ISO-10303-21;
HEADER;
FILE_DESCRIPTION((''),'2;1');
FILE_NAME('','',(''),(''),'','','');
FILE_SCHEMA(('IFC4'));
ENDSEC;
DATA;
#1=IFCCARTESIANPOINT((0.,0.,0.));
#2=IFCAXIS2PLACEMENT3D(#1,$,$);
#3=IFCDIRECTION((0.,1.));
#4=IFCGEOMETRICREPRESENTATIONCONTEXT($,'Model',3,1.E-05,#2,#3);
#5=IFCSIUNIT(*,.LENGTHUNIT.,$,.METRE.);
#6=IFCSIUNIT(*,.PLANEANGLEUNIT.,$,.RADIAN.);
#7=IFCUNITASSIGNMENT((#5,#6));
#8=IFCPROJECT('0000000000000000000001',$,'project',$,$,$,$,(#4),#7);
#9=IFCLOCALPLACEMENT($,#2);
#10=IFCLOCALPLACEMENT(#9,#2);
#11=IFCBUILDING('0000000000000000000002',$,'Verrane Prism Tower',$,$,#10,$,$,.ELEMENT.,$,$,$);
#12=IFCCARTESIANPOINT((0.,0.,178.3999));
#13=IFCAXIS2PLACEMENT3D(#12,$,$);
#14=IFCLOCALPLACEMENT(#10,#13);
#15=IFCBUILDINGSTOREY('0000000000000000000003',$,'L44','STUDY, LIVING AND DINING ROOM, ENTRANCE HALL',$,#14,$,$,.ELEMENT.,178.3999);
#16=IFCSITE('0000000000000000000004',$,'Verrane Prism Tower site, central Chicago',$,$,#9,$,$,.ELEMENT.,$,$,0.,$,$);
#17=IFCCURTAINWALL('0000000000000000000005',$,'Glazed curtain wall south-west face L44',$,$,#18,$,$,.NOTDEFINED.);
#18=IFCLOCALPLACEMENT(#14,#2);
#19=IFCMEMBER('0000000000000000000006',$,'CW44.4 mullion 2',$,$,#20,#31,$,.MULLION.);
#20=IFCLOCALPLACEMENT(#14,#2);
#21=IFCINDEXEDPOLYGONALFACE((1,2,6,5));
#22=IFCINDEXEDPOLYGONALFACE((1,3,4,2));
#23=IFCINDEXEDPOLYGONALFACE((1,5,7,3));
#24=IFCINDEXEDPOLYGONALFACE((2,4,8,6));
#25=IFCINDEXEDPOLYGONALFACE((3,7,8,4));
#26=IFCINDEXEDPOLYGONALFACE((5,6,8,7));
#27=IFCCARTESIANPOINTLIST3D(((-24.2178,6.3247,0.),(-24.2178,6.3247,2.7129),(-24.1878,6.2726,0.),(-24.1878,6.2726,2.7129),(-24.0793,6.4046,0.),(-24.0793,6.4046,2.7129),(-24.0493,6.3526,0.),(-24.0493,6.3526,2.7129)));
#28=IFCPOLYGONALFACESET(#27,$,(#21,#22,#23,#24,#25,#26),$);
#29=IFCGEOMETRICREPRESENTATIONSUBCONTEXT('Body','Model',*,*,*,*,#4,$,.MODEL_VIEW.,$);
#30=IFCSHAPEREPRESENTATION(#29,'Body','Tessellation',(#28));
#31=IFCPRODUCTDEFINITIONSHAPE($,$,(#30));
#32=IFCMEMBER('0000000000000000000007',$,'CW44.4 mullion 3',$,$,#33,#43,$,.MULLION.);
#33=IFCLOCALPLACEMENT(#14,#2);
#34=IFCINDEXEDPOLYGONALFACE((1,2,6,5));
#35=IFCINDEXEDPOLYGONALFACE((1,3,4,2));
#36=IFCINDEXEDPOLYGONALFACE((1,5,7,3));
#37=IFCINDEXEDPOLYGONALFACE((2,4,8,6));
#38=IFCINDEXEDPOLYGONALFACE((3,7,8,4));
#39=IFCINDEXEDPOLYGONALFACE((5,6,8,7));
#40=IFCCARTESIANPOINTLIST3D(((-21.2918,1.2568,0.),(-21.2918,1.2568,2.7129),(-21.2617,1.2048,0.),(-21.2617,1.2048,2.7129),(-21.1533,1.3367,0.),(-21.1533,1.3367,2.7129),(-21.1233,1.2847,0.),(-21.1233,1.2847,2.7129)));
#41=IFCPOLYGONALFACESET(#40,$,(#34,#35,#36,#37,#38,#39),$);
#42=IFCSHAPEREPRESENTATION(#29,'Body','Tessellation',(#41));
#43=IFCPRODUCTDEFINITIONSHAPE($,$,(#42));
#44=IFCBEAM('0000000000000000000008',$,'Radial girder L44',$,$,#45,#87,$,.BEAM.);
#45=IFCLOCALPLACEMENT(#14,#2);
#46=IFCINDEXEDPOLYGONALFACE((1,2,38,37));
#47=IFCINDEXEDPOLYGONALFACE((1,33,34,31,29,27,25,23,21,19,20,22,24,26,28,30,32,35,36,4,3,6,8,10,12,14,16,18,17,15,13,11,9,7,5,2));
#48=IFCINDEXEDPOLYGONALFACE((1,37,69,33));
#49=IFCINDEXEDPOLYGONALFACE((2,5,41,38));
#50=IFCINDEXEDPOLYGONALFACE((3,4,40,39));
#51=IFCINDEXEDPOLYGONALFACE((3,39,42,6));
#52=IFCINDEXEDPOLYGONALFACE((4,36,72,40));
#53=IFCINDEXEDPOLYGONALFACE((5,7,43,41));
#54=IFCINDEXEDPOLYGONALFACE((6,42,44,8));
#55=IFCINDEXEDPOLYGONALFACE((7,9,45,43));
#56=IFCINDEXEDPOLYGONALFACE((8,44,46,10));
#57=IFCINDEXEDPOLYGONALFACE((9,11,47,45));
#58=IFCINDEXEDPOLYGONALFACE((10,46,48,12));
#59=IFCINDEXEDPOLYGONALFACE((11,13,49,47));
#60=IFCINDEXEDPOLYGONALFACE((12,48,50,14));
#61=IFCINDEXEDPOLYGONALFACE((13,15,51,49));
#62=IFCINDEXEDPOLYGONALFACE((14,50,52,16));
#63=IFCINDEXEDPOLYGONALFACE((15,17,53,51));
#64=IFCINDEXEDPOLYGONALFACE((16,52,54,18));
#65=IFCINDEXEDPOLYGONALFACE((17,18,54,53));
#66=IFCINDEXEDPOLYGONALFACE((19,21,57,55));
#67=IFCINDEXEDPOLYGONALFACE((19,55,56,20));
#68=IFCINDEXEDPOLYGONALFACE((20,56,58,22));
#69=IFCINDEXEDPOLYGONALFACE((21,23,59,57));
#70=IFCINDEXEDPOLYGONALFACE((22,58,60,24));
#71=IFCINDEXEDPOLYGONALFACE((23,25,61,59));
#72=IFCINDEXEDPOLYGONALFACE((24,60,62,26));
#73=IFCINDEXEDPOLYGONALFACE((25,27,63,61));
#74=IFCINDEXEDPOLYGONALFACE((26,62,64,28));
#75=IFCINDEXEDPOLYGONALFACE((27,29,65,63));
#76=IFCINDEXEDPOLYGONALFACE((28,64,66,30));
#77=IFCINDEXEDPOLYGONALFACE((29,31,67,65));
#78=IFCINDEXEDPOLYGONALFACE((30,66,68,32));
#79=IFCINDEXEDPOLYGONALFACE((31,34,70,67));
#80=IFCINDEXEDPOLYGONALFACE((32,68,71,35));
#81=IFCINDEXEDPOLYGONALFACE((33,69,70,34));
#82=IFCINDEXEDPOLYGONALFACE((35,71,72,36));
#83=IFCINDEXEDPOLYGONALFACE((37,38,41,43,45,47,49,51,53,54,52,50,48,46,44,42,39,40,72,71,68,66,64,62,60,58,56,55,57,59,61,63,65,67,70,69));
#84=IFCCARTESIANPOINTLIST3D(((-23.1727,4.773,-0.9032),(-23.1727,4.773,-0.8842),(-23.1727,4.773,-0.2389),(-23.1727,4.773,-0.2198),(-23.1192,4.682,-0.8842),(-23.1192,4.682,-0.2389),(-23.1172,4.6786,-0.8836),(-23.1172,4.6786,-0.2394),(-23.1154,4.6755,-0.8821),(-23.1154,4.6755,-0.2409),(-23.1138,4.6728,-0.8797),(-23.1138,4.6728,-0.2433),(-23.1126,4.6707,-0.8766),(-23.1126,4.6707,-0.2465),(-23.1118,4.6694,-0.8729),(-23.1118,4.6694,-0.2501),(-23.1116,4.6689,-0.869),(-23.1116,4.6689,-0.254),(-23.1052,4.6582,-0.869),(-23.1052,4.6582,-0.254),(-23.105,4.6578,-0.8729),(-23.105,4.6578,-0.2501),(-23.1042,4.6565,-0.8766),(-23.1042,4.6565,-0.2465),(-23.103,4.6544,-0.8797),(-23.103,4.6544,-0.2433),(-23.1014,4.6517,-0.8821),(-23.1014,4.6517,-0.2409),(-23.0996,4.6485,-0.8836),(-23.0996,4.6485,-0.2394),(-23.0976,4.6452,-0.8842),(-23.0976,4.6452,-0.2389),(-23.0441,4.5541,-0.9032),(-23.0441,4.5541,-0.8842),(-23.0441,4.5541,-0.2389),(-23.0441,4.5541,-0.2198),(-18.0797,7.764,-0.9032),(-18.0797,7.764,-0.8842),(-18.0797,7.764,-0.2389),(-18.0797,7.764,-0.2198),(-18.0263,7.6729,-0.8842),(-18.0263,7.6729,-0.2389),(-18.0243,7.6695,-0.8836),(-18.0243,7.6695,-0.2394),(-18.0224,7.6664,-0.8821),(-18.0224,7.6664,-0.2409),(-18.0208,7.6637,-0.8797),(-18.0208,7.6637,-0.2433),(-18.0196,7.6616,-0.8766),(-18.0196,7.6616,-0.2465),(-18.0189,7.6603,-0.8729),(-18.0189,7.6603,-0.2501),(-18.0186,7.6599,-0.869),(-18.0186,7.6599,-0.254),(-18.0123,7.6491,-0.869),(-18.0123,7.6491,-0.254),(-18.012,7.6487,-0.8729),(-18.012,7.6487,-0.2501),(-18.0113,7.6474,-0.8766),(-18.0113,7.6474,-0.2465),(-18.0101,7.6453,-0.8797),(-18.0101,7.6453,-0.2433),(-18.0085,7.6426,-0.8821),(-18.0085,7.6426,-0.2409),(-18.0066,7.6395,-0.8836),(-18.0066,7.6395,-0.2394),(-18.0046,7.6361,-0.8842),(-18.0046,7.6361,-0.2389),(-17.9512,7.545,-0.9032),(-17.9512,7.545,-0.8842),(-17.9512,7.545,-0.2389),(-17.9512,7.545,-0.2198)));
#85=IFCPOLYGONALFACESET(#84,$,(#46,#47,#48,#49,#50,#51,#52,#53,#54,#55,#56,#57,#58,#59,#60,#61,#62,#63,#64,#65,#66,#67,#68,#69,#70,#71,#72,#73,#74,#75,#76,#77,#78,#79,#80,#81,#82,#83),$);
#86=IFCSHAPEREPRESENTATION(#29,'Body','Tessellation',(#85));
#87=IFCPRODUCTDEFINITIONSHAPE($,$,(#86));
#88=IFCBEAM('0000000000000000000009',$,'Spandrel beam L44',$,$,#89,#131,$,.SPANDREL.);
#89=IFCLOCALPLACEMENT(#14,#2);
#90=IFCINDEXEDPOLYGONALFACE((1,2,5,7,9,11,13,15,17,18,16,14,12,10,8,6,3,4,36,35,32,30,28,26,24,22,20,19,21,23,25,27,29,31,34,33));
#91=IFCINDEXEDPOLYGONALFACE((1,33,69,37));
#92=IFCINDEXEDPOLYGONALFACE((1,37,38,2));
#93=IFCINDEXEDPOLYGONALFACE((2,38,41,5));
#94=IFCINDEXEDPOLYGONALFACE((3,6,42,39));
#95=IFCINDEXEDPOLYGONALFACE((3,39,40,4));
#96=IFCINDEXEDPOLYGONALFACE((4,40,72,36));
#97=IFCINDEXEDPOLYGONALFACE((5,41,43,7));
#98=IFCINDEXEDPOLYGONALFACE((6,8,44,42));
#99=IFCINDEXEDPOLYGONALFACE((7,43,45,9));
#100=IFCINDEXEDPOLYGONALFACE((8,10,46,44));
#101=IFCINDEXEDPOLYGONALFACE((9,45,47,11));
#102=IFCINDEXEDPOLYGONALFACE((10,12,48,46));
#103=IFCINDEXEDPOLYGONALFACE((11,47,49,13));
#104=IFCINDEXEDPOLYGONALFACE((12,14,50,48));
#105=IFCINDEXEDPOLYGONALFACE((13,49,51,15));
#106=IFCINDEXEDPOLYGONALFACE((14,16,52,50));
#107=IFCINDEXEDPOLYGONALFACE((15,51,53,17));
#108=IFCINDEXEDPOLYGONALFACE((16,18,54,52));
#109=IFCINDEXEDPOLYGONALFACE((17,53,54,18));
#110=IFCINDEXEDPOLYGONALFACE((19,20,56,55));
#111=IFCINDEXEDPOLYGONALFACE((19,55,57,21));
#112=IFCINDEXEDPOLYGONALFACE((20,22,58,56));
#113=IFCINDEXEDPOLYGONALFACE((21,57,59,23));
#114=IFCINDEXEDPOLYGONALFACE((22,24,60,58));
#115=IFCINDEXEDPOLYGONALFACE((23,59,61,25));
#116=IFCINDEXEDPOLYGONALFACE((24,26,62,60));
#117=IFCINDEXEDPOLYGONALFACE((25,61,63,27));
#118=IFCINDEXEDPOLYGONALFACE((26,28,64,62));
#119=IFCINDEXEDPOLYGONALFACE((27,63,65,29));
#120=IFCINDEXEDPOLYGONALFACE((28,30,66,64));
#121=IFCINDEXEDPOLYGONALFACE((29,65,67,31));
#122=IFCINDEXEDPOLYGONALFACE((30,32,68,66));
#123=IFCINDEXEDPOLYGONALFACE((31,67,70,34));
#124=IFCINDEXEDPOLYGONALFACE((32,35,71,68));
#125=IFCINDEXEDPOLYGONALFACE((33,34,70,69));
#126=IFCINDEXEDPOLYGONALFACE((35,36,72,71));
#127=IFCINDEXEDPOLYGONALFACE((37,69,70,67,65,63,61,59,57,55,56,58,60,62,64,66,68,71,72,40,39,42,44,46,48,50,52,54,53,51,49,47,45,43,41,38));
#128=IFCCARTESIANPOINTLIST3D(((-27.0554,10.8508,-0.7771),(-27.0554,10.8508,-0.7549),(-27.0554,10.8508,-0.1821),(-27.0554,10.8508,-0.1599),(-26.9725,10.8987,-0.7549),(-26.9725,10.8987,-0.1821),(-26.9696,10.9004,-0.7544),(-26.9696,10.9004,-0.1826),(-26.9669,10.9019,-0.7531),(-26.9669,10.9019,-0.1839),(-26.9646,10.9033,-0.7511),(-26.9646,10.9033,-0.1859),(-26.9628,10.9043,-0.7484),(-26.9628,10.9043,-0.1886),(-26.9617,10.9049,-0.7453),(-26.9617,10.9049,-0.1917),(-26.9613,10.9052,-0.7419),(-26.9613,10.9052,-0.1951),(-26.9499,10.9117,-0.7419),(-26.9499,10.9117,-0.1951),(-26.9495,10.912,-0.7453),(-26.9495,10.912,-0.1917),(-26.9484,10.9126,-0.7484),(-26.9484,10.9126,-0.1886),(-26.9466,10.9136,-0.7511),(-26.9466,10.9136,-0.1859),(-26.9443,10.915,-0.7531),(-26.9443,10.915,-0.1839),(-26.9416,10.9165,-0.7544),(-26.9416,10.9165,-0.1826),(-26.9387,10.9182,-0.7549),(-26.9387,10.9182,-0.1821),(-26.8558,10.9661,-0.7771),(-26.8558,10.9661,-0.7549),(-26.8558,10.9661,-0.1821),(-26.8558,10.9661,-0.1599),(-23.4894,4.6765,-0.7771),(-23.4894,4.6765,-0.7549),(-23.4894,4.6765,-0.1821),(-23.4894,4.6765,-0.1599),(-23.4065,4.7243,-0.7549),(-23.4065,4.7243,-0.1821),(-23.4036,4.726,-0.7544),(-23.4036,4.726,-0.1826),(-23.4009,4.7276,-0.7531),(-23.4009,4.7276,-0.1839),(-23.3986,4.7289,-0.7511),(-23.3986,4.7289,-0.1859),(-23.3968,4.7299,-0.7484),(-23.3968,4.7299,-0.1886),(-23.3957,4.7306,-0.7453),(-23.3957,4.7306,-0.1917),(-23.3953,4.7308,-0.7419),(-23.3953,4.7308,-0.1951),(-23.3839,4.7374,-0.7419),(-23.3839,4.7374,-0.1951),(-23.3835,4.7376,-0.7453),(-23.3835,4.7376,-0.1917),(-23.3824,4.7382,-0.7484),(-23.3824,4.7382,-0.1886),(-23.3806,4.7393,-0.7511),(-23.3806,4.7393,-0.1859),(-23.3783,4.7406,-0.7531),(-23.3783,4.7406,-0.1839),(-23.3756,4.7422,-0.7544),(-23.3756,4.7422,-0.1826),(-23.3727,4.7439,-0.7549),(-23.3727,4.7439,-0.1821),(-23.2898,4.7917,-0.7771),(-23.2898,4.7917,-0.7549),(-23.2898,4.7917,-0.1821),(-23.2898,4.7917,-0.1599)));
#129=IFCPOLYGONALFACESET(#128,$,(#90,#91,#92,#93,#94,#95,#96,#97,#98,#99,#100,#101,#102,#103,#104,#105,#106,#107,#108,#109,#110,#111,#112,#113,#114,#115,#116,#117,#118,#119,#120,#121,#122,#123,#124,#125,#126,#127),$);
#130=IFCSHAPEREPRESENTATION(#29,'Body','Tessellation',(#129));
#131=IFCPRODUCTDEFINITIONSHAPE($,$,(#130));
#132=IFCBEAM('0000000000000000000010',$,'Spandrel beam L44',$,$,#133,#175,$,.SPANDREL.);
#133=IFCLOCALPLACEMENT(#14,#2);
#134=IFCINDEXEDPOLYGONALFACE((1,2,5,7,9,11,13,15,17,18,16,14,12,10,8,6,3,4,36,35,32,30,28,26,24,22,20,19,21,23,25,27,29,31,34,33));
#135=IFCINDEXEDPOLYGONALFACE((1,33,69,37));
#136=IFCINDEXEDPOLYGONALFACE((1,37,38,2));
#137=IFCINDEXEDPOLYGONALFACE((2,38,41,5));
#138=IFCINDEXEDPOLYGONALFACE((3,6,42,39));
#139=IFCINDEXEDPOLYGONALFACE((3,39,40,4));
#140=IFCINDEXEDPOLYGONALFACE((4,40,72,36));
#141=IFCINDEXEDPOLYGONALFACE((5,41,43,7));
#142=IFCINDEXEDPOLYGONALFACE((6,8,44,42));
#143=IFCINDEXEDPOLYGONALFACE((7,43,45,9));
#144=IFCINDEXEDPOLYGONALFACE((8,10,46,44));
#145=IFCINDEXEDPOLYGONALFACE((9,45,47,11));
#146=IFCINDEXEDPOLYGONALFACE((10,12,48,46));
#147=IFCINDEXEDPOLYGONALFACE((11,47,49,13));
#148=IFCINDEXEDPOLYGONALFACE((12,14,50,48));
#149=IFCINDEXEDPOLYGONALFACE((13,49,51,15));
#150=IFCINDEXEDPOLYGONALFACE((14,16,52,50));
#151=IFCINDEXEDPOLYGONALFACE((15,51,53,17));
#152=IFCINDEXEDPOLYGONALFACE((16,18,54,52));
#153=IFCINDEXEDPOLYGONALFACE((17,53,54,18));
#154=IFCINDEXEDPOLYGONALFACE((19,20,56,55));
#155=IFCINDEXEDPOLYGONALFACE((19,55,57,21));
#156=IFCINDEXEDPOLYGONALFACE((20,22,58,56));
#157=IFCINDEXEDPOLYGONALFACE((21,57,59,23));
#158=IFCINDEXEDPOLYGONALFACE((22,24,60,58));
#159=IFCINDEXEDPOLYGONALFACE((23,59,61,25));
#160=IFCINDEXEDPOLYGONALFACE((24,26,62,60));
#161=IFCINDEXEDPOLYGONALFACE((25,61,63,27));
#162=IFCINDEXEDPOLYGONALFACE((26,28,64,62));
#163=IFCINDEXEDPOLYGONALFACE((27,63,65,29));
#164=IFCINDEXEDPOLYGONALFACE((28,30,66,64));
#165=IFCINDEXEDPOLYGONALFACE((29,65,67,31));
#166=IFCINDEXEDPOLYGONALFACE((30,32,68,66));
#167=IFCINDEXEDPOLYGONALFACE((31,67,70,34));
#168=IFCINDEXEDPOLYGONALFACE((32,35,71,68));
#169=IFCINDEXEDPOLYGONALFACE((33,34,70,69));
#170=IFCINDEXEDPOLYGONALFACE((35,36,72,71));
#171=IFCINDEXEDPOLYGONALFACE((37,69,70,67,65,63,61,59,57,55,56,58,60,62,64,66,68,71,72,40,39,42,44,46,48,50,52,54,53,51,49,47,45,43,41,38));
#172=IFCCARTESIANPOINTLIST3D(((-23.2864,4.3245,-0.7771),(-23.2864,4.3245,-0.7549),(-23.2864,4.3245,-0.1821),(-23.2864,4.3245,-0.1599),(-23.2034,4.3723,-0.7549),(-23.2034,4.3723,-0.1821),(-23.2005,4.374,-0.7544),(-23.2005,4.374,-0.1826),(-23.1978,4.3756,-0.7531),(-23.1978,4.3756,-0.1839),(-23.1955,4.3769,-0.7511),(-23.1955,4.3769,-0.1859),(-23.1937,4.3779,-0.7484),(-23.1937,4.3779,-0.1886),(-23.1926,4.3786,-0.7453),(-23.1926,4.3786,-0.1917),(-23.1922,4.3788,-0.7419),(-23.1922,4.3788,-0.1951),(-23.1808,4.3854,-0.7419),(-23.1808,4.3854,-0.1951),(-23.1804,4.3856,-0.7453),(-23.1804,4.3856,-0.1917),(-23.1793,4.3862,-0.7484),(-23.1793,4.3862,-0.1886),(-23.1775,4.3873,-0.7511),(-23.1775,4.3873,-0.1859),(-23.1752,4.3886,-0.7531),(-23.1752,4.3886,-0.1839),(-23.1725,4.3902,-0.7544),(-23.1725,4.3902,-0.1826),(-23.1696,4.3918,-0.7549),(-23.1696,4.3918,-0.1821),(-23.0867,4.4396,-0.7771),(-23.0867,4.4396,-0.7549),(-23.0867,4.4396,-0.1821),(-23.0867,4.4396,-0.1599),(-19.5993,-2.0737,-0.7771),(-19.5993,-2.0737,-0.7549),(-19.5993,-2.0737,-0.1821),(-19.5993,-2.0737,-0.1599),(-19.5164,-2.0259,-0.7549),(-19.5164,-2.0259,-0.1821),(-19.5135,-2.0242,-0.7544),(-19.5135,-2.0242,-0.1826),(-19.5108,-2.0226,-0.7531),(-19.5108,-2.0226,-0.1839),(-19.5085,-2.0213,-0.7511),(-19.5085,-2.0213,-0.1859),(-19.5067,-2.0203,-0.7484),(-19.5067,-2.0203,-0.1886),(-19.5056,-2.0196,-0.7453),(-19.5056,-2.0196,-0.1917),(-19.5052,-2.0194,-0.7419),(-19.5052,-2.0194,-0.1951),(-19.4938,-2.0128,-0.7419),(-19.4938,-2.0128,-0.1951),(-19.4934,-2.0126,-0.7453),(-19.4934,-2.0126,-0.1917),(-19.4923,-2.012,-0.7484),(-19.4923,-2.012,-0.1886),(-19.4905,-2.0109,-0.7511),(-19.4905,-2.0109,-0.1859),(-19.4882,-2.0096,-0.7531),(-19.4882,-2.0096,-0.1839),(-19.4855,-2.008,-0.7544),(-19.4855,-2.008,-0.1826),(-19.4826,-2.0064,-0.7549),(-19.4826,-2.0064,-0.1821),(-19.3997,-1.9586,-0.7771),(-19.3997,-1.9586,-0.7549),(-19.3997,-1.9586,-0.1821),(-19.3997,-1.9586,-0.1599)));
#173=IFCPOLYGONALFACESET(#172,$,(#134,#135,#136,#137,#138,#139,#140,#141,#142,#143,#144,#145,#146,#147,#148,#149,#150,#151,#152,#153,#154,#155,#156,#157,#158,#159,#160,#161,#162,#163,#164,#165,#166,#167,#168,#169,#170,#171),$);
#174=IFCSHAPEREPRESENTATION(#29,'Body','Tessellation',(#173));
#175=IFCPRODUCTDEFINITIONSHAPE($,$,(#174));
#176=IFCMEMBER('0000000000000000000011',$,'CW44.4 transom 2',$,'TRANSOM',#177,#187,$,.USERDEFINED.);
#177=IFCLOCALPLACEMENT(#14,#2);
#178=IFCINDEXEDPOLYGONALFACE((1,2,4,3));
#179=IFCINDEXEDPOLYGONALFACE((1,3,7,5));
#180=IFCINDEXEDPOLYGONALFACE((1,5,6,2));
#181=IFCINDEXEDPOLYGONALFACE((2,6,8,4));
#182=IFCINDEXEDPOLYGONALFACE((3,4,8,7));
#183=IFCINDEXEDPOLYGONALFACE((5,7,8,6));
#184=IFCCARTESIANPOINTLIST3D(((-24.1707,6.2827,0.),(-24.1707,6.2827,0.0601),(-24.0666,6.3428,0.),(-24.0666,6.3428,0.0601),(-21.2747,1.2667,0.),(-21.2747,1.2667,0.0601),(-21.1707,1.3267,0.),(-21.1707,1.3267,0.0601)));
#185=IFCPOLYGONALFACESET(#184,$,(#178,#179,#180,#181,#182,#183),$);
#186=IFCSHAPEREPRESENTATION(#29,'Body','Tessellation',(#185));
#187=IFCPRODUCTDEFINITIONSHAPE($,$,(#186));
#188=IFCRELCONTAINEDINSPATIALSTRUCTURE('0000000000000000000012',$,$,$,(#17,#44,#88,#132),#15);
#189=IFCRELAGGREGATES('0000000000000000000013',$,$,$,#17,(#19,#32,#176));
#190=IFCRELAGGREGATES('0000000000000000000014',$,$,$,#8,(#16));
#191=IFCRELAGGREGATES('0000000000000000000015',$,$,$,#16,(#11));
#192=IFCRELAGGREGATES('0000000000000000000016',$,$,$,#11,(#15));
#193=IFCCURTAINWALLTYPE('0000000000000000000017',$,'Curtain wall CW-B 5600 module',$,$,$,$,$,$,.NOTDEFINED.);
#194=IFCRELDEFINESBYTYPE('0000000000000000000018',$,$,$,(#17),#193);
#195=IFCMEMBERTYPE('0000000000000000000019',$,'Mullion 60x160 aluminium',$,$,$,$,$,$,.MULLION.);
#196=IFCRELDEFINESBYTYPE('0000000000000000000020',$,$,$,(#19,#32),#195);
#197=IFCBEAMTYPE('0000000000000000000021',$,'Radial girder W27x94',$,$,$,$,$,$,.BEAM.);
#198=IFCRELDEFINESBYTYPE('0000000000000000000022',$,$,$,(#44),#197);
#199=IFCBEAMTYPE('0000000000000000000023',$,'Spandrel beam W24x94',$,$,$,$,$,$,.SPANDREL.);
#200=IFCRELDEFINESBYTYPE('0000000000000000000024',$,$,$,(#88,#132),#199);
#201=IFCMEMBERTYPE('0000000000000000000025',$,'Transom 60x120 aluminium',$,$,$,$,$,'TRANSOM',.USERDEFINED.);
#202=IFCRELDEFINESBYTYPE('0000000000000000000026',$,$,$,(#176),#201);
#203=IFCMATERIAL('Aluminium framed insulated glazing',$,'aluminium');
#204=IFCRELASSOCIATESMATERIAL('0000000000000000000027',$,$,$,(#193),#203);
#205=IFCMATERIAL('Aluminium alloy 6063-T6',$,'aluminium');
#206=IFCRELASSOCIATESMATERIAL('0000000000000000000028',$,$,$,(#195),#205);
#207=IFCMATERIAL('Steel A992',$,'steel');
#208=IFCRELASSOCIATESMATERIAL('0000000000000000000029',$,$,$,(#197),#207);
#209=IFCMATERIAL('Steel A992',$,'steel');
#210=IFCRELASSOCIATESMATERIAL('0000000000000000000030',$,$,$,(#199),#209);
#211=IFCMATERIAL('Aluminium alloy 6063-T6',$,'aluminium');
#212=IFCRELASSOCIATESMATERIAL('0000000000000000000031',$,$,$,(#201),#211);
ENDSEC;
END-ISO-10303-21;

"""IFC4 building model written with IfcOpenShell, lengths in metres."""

from ifc_helpers import new_model, si_unit, direction, frame, origin, origin_2d, place, context, subcontext, project, spatial, rectangle, i_section, extrude, material, material_profile, profile_set, type_object, element, aggregate, save


model = new_model("IFC4")

# Units and contexts
model_context = context("Model", 3, precision=1e-05, world=origin(), true_north=direction((0.0, 1.0)))
body_context = subcontext(model_context, "Body", "Model", "MODEL_VIEW")
ifc_project = project(units=[si_unit("LENGTHUNIT", "METRE"), si_unit("PLANEANGLEUNIT", "RADIAN")], contexts=[model_context])

# Site, building, storey
site_placement = place(None, origin())
site = spatial("IfcSite", under=ifc_project, at=site_placement, Name="Verrane Prism Tower site, central Chicago", CompositionType="ELEMENT", RefElevation=0.0)
building_placement = place(site_placement, origin())
building = spatial("IfcBuilding", under=site, at=building_placement, Name="Verrane Prism Tower", CompositionType="ELEMENT")
storey_placement = place(building_placement, frame((0.0, 0.0, 178.3999)))
storey = spatial("IfcBuildingStorey", under=building, at=storey_placement, Name="L44", Description="STUDY, LIVING AND DINING ROOM, ENTRANCE HALL", CompositionType="ELEMENT", Elevation=178.3999)

# Curtain wall, members
ifc_material_1 = material(Name="Aluminium framed insulated glazing", Category="aluminium")
curtain_wall_type = type_object("IfcCurtainWallType", Name="Curtain wall CW-B 5600 module", PredefinedType="NOTDEFINED", material=ifc_material_1)
curtain_wall_placement = place(storey_placement, origin())
curtain_wall = element("IfcCurtainWall", 1, at=curtain_wall_placement, inside=storey, type_object=curtain_wall_type, Name="Glazed curtain wall south-west face L44", PredefinedType="NOTDEFINED")
ifc_material_2 = material(Name="Aluminium alloy 6063-T6", Category="aluminium")
ifc_material_profile_1 = material_profile(ifc_material_2, rectangle(XDim=0.1599, YDim=0.0601, at=origin_2d()), Name="Mullion 60x160 aluminium")
ifc_profile_set_1 = profile_set([ifc_material_profile_1], Name="Aluminium alloy 6063-T6")
member_type_1 = type_object("IfcMemberType", Name="Mullion 60x160 aluminium", PredefinedType="MULLION", material=ifc_profile_set_1)
member_1_placement = place(storey_placement, frame((-24.1335, 6.3386, 0.0), z_axis=(0.0, 0.0, 1.0), x_axis=(0.866026, 0.499999, 0.0)))
member_1 = element("IfcMember", 2, at=member_1_placement, type_object=member_type_1, Name="CW44.4 mullion 2", PredefinedType="MULLION", context=body_context, shape_type="SweptSolid", body=[
    extrude(rectangle(XDim=0.1599, YDim=0.0601, at=origin_2d()), origin(), (0.0, 0.0, 1.0), 2.7129),
])
member_2_placement = place(storey_placement, frame((-21.2075, 1.2708, 0.0), z_axis=(0.0, 0.0, 1.0), x_axis=(0.866026, 0.499999, 0.0)))
member_2 = element("IfcMember", 3, at=member_2_placement, type_object=member_type_1, Name="CW44.4 mullion 3", PredefinedType="MULLION", context=body_context, shape_type="SweptSolid", body=[
    extrude(rectangle(XDim=0.1599, YDim=0.0601, at=origin_2d()), origin(), (0.0, 0.0, 1.0), 2.7129),
])

# Beams
ifc_material_3 = material(Name="Steel A992", Category="steel")
ifc_material_profile_2 = material_profile(ifc_material_3, i_section(OverallWidth=0.2539, OverallDepth=0.6833, WebThickness=0.0125, FlangeThickness=0.019, FilletRadius=0.0151, at=origin_2d()), Name="W27x94")
ifc_profile_set_2 = profile_set([ifc_material_profile_2], Name="Steel A992")
beam_type_1 = type_object("IfcBeamType", Name="Radial girder W27x94", PredefinedType="BEAM", material=ifc_profile_set_2)
beam_1_placement = place(storey_placement, frame((-23.1084, 4.6636, -0.5615), z_axis=(0.862298, 0.5064, 0.0), x_axis=(-0.5064, 0.862298, 0.0)))
element("IfcBeam", 4, at=beam_1_placement, inside=storey, type_object=beam_type_1, Name="Radial girder L44", PredefinedType="BEAM", context=body_context, shape_type="SweptSolid", body=[
    extrude(i_section(OverallWidth=0.2539, OverallDepth=0.6833, WebThickness=0.0125, FlangeThickness=0.019, FilletRadius=0.0151, at=origin_2d()), origin(), (0.0, 0.0, 1.0), 5.9062),
])
ifc_material_4 = material(Name="Steel A992", Category="steel")
ifc_material_profile_3 = material_profile(ifc_material_4, i_section(OverallWidth=0.2305, OverallDepth=0.6172, WebThickness=0.0132, FlangeThickness=0.0222, FilletRadius=0.0129, at=origin_2d()), Name="W24x94")
ifc_profile_set_3 = profile_set([ifc_material_profile_3], Name="Steel A992")
beam_type_2 = type_object("IfcBeamType", Name="Spandrel beam W24x94", PredefinedType="SPANDREL", material=ifc_profile_set_3)
beam_2_placement = place(storey_placement, frame((-26.9556, 10.9084, -0.4685), z_axis=(0.500124, -0.865954, 0.0), x_axis=(0.865954, 0.500124, 0.0)))
element("IfcBeam", 5, at=beam_2_placement, inside=storey, type_object=beam_type_2, Name="Spandrel beam L44", PredefinedType="SPANDREL", context=body_context, shape_type="SweptSolid", body=[
    extrude(i_section(OverallWidth=0.2305, OverallDepth=0.6172, WebThickness=0.0132, FlangeThickness=0.0222, FilletRadius=0.0129, at=origin_2d()), origin(), (0.0, 0.0, 1.0), 7.1301),
])
beam_3_placement = place(storey_placement, frame((-23.1865, 4.3821, -0.4685), z_axis=(0.49929, -0.866435, 0.0), x_axis=(0.866435, 0.49929, 0.0)))
element("IfcBeam", 6, at=beam_3_placement, inside=storey, type_object=beam_type_2, Name="Spandrel beam L44", PredefinedType="SPANDREL", context=body_context, shape_type="SweptSolid", body=[
    extrude(i_section(OverallWidth=0.2305, OverallDepth=0.6172, WebThickness=0.0132, FlangeThickness=0.0222, FilletRadius=0.0129, at=origin_2d()), origin(), (0.0, 0.0, 1.0), 7.3845),
])

# Member
ifc_material_5 = material(Name="Aluminium alloy 6063-T6", Category="aluminium")
ifc_material_profile_4 = material_profile(ifc_material_5, rectangle(XDim=0.1201, YDim=0.0601, at=origin_2d()), Name="Transom 60x120 aluminium")
ifc_profile_set_4 = profile_set([ifc_material_profile_4], Name="Aluminium alloy 6063-T6")
member_type_2 = type_object("IfcMemberType", Name="Transom 60x120 aluminium", ElementType="TRANSOM", PredefinedType="USERDEFINED", material=ifc_profile_set_4)
member_3_placement = place(storey_placement, frame((-24.1187, 6.3127, 0.03), z_axis=(0.499992, -0.86603, 0.0), x_axis=(0.86603, 0.499992, 0.0)))
member_3 = element("IfcMember", 7, at=member_3_placement, type_object=member_type_2, Name="CW44.4 transom 2", ObjectType="TRANSOM", PredefinedType="USERDEFINED", context=body_context, shape_type="SweptSolid", body=[
    extrude(rectangle(XDim=0.1201, YDim=0.0601, at=origin_2d()), origin(), (0.0, 0.0, 1.0), 5.792),
])

aggregate(curtain_wall, [member_1, member_2, member_3])

save(model, "model.ifc")
